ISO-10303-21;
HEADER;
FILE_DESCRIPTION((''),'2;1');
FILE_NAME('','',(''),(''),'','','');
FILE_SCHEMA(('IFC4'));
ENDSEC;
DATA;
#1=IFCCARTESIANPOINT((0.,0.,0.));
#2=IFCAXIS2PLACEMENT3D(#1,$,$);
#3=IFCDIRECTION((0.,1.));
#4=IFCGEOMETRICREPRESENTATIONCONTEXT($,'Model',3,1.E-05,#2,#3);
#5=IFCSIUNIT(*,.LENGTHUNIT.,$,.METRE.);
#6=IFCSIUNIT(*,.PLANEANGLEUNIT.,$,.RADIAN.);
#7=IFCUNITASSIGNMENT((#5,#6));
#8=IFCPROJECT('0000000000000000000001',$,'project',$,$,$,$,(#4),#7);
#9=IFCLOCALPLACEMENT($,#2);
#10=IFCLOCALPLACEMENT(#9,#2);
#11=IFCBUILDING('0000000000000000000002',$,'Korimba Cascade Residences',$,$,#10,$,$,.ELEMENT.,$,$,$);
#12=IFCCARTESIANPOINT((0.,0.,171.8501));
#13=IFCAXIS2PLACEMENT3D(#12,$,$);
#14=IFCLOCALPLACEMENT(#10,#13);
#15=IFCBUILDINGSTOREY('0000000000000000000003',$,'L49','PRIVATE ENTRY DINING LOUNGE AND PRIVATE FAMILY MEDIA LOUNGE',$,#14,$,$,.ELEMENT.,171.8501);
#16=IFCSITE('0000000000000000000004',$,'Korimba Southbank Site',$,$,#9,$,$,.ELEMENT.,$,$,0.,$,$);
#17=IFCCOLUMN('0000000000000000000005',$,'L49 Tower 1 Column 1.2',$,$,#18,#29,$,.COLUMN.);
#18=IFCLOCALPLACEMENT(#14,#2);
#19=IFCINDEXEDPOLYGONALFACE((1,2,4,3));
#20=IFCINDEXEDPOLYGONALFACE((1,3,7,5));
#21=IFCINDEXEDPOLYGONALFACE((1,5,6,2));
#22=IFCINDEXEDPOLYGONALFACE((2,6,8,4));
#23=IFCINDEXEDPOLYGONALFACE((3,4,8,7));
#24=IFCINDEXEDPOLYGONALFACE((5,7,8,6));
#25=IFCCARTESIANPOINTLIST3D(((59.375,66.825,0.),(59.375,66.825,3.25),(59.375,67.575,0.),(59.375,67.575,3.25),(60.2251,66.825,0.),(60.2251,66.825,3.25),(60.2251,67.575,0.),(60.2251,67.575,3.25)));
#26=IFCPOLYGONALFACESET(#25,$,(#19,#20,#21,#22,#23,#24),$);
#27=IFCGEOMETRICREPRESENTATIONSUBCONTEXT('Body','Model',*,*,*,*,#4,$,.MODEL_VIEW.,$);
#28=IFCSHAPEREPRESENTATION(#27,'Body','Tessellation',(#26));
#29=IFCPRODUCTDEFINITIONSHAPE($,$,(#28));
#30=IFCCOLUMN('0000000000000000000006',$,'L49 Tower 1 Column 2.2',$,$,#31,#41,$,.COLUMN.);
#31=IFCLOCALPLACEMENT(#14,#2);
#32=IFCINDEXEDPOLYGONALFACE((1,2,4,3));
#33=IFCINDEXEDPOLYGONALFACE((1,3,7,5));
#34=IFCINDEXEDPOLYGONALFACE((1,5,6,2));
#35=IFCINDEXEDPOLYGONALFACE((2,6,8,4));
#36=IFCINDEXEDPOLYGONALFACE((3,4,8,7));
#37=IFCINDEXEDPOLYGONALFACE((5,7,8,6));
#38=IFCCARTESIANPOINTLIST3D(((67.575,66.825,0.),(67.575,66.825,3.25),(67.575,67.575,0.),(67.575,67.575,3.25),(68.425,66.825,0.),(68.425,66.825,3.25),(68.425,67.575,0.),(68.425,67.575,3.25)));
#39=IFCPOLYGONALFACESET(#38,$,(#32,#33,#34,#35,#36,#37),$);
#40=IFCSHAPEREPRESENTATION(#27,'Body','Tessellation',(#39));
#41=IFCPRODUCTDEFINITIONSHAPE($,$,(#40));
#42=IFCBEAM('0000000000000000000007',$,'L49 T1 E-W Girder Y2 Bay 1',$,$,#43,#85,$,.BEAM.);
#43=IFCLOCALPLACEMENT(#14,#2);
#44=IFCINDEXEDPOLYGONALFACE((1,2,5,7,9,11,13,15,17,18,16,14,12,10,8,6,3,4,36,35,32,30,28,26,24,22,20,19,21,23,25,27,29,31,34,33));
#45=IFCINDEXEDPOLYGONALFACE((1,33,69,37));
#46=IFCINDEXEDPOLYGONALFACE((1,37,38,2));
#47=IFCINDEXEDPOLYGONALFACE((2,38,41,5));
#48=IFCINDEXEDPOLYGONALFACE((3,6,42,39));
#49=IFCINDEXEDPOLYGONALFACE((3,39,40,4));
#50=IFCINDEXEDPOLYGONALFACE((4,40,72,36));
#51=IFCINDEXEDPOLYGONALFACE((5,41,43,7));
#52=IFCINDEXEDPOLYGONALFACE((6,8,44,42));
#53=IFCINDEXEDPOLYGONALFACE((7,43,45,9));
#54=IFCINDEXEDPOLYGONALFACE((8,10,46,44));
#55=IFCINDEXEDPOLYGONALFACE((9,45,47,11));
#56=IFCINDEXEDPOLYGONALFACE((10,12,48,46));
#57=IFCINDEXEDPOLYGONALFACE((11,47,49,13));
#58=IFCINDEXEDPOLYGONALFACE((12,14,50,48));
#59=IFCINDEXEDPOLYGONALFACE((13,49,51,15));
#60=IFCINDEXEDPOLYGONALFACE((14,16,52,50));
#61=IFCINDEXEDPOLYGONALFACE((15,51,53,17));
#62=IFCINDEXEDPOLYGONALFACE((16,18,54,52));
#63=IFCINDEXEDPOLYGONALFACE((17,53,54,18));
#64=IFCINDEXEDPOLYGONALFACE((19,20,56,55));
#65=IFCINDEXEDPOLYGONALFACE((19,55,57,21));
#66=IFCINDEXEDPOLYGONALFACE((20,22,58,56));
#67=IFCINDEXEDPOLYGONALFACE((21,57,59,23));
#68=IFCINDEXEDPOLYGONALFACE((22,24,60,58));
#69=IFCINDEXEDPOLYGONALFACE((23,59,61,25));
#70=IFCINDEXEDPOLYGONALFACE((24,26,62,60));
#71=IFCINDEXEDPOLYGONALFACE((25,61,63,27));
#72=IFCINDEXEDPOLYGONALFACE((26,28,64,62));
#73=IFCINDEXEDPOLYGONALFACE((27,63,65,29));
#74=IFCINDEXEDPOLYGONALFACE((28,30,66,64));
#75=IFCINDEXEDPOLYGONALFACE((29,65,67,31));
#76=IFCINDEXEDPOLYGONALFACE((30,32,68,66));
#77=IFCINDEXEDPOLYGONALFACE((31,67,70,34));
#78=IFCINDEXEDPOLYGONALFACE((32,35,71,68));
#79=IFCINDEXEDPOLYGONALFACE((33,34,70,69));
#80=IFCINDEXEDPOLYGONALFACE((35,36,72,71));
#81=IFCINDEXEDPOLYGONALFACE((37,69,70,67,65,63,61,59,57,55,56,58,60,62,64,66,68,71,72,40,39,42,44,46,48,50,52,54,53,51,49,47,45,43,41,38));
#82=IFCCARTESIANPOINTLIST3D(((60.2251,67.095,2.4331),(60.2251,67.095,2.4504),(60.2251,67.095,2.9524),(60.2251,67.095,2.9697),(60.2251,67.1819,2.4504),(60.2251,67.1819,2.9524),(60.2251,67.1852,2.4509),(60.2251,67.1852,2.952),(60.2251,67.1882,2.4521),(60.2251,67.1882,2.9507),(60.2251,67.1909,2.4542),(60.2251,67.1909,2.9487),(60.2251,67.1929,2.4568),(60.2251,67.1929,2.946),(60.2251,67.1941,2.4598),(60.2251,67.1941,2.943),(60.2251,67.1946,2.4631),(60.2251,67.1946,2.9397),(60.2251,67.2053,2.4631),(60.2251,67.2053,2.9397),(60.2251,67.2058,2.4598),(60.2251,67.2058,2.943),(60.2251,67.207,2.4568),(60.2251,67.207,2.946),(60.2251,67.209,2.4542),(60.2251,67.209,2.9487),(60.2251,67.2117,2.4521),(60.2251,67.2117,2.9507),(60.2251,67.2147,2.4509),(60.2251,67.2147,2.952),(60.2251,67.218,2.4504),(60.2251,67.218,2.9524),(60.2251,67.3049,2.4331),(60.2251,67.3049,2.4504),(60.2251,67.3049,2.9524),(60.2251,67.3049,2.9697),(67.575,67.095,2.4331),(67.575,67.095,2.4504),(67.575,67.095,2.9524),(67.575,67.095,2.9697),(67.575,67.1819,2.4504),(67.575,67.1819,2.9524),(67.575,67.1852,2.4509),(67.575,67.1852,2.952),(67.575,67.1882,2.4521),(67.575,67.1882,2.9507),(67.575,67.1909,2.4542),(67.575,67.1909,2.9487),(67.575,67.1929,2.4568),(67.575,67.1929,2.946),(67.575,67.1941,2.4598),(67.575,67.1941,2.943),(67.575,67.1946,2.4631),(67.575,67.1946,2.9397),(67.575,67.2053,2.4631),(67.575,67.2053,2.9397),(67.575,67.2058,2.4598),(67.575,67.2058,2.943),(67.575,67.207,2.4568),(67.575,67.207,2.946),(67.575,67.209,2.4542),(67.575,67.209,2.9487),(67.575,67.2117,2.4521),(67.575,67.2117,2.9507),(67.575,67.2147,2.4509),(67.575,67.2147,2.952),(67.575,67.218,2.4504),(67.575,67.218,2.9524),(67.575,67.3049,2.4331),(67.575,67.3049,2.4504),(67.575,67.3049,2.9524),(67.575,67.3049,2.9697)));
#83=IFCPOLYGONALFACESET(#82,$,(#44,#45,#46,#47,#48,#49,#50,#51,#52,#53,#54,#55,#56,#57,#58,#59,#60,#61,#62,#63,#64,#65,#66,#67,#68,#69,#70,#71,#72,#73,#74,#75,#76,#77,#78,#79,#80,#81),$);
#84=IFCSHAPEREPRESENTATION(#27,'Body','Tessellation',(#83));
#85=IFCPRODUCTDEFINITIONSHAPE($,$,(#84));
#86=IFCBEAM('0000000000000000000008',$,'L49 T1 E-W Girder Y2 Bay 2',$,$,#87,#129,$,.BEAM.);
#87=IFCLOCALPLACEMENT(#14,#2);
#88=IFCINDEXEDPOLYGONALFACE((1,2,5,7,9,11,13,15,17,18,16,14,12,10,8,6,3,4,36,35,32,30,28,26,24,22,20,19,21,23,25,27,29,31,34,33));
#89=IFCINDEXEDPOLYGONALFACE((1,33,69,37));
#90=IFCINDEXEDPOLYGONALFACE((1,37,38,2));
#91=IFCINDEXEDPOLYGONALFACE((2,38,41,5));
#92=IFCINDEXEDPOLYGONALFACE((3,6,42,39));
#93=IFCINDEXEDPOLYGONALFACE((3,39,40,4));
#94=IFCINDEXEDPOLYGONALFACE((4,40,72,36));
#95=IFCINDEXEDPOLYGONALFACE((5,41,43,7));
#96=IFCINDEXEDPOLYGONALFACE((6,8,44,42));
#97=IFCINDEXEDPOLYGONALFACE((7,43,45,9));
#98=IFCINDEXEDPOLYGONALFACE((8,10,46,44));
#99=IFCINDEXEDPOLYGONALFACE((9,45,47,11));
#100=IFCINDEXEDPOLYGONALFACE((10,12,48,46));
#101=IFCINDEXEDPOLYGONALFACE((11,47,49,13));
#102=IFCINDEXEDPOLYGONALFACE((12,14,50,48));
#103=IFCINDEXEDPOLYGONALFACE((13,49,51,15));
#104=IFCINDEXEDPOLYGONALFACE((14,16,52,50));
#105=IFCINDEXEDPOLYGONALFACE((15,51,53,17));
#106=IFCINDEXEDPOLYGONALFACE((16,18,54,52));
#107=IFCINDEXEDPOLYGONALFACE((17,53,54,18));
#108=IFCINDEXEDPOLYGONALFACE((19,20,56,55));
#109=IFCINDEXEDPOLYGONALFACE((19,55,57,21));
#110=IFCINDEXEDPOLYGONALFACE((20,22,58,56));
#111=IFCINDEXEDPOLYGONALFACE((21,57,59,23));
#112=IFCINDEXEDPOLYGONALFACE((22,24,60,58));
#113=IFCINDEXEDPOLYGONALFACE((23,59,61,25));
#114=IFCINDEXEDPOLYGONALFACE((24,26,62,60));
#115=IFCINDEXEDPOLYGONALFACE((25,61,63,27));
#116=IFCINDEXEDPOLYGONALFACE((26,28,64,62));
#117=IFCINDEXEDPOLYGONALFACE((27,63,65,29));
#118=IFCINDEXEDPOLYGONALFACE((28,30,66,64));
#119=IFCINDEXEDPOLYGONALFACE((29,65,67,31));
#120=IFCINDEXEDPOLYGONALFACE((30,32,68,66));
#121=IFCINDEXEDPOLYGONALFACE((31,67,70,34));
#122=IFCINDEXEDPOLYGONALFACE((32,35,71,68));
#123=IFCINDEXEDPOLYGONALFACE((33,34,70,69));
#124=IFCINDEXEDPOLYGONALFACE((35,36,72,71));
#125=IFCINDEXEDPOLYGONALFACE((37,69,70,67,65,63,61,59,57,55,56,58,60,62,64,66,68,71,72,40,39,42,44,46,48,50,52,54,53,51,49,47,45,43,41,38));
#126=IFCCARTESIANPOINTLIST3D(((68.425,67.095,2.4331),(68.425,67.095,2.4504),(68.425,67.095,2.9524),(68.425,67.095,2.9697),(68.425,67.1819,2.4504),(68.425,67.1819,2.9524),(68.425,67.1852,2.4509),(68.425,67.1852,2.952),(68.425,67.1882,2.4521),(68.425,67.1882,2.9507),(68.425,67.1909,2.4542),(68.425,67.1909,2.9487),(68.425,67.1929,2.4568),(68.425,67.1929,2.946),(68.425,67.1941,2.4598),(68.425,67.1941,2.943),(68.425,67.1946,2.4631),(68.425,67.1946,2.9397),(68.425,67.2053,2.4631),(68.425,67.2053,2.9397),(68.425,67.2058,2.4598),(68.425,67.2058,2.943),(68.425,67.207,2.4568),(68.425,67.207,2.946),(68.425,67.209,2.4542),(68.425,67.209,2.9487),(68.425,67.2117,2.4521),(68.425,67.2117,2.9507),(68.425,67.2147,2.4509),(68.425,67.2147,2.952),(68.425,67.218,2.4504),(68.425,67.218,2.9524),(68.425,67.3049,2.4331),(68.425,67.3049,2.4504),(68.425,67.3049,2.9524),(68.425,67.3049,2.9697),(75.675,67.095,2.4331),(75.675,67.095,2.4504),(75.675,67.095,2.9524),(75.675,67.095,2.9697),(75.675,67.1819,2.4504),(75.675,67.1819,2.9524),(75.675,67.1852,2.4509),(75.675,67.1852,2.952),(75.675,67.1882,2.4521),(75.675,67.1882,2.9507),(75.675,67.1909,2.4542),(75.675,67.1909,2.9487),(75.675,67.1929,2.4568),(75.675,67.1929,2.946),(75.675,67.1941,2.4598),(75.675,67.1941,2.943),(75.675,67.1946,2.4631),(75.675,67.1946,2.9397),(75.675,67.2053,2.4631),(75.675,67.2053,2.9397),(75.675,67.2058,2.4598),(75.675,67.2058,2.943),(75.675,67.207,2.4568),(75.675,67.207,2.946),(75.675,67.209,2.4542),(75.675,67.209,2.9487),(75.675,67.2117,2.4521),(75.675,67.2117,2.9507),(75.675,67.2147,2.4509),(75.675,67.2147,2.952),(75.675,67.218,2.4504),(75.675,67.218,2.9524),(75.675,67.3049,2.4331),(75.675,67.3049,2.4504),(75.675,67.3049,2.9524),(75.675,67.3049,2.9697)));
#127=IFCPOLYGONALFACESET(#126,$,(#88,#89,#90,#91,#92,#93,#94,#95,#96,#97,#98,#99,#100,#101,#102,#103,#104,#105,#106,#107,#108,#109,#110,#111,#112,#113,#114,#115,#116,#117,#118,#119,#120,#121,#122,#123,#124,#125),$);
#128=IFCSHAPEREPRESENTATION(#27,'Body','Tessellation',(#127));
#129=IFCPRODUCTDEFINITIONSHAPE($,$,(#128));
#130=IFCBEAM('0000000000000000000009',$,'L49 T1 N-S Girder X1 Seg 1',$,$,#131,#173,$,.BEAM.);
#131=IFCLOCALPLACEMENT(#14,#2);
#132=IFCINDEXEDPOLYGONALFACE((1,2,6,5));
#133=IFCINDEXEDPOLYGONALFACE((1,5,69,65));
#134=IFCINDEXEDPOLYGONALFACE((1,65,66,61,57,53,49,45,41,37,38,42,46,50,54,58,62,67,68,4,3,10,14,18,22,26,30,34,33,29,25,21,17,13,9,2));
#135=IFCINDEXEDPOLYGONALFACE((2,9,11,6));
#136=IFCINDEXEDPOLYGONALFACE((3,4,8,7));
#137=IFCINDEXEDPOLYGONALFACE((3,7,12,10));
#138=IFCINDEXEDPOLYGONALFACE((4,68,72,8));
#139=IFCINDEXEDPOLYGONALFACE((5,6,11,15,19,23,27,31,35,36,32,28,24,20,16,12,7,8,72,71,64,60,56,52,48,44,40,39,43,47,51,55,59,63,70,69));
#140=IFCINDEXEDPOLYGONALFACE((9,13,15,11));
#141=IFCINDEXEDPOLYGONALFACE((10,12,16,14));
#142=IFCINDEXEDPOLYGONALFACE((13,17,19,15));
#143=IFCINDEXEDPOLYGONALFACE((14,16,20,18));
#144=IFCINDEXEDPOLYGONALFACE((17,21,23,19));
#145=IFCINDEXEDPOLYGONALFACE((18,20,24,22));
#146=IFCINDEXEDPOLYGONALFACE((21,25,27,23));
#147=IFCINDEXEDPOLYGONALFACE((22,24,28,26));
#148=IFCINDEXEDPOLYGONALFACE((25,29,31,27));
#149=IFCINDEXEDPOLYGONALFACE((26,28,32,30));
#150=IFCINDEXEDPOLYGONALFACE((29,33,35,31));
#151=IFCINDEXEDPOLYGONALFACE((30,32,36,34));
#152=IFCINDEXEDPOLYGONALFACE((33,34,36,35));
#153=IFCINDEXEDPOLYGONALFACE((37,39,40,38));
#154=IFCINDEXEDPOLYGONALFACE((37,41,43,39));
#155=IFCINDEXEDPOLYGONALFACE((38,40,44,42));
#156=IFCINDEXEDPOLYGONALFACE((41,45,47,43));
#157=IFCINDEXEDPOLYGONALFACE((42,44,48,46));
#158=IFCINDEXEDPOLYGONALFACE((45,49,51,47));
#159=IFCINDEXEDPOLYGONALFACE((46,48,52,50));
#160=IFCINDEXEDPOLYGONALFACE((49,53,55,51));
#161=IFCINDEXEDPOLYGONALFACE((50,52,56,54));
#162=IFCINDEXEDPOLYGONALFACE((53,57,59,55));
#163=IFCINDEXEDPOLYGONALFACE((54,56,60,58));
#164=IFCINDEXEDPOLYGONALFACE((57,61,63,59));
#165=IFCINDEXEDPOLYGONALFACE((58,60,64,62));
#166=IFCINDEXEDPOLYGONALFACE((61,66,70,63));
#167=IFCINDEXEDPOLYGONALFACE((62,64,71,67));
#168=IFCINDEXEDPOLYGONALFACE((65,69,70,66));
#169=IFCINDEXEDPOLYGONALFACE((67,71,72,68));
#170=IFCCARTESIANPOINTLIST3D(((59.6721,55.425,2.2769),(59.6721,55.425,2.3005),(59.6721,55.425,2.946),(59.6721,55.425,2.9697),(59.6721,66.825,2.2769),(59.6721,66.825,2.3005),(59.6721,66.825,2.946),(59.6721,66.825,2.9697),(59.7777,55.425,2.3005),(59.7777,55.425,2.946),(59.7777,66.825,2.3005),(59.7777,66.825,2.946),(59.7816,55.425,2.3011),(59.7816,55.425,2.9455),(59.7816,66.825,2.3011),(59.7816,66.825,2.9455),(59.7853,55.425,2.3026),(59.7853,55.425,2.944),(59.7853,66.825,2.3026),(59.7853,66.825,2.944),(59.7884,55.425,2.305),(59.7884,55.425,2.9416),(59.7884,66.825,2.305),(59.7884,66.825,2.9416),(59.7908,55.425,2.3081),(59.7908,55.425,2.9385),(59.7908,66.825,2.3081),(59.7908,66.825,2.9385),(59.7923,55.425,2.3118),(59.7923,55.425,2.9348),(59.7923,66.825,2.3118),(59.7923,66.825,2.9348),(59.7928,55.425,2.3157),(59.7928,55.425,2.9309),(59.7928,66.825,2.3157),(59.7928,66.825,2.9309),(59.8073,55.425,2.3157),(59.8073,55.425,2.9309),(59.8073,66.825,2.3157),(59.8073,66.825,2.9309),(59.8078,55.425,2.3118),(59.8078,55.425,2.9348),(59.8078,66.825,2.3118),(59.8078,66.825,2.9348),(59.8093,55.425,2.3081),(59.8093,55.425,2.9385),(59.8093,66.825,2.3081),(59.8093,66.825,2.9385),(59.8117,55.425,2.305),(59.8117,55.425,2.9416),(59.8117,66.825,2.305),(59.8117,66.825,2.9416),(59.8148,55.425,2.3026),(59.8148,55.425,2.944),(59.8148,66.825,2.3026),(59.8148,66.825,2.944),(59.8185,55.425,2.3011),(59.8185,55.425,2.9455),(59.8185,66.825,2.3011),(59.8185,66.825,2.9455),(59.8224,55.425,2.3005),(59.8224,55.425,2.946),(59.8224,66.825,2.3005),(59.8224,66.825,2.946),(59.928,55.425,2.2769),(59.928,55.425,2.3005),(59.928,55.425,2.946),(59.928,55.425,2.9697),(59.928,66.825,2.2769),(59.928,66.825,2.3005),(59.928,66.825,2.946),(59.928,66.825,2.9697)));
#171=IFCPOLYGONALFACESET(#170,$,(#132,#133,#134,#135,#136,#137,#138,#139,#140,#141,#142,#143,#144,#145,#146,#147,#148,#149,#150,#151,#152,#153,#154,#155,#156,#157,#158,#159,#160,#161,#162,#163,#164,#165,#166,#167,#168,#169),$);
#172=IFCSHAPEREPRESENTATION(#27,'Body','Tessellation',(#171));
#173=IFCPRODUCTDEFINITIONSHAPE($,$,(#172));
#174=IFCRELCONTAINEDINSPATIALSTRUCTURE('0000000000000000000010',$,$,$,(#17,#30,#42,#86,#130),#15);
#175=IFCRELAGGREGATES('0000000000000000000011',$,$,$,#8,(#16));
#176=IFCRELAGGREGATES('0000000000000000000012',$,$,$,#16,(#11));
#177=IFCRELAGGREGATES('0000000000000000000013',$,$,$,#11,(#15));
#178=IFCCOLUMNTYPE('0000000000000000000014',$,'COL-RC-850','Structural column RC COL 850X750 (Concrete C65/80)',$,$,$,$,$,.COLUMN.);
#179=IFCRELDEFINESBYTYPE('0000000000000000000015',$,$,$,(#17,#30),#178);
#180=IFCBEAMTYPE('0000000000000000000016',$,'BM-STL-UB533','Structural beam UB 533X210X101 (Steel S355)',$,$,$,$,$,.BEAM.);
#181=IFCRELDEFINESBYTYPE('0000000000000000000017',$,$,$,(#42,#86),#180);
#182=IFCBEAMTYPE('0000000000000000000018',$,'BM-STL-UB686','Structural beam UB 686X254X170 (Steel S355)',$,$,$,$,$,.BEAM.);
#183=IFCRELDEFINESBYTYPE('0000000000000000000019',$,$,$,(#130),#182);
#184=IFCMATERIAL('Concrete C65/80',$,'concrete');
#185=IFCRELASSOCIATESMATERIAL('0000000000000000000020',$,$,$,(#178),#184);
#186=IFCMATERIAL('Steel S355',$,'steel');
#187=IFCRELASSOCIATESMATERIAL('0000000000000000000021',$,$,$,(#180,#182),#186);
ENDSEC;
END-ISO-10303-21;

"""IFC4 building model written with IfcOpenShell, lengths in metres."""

from ifc_helpers import new_model, si_unit, direction, frame, origin, origin_2d, place, context, subcontext, project, spatial, rectangle, i_section, extrude, material, material_profile, profile_set, type_object, element, save


model = new_model("IFC4")

# Units and contexts
model_context = context("Model", 3, precision=1e-05, world=origin(), true_north=direction((0.0, 1.0)))
body_context = subcontext(model_context, "Body", "Model", "MODEL_VIEW")
ifc_project = project(units=[si_unit("LENGTHUNIT", "METRE"), si_unit("PLANEANGLEUNIT", "RADIAN")], contexts=[model_context])

# Site, building, storey
site_placement = place(None, origin())
site = spatial("IfcSite", under=ifc_project, at=site_placement, Name="Korimba Southbank Site", CompositionType="ELEMENT", RefElevation=0.0)
building_placement = place(site_placement, origin())
building = spatial("IfcBuilding", under=site, at=building_placement, Name="Korimba Cascade Residences", CompositionType="ELEMENT")
storey_placement = place(building_placement, frame((0.0, 0.0, 171.8501)))
storey = spatial("IfcBuildingStorey", under=building, at=storey_placement, Name="L49", Description="PRIVATE ENTRY DINING LOUNGE AND PRIVATE FAMILY MEDIA LOUNGE", CompositionType="ELEMENT", Elevation=171.8501)

# Columns
ifc_material_1 = material(Name="Concrete C65/80", Category="concrete")
ifc_material_profile_1 = material_profile(ifc_material_1, rectangle(XDim=0.8501, YDim=0.75, at=origin_2d()), Name="Concrete C65/80")
ifc_profile_set_1 = profile_set([ifc_material_profile_1], Name="Concrete C65/80")
column_type = type_object("IfcColumnType", Name="COL-RC-850", Description="Structural column RC COL 850X750 (Concrete C65/80)", PredefinedType="COLUMN", material=ifc_profile_set_1)
for number, where, z_axis, x_axis, name in (
    (1, (59.8, 67.2, 0.0), (0.0, 0.0, 1.0), (1.0, 0.0, 0.0), "L49 Tower 1 Column 1.2"),
    (2, (68.0, 67.2, 0.0), (0.0, 0.0, 1.0), (1.0, 0.0, 0.0), "L49 Tower 1 Column 2.2"),
):
    element("IfcColumn", number, at=place(storey_placement, frame(where, z_axis=z_axis, x_axis=x_axis)), inside=storey, type_object=column_type, Name=name, PredefinedType="COLUMN", context=body_context, shape_type="SweptSolid", body=[
        extrude(rectangle(XDim=0.8501, YDim=0.75, at=origin_2d()), origin(), (0.0, 0.0, 1.0), 3.25),
    ])

# Beams
ifc_material_2 = material(Name="Steel S355", Category="steel")
ifc_material_profile_2 = material_profile(ifc_material_2, i_section(OverallWidth=0.21, OverallDepth=0.5366, WebThickness=0.0107, FlangeThickness=0.0173, FilletRadius=0.0127, at=origin_2d()), Name="Steel S355")
ifc_profile_set_2 = profile_set([ifc_material_profile_2], Name="Steel S355")
beam_type_1 = type_object("IfcBeamType", Name="BM-STL-UB533", Description="Structural beam UB 533X210X101 (Steel S355)", PredefinedType="BEAM", material=ifc_profile_set_2)
beam_1_placement = place(storey_placement, frame((60.2251, 67.2, 2.7014), z_axis=(1.0, 0.0, 0.0), x_axis=(0.0, 1.0, 0.0)))
element("IfcBeam", 3, at=beam_1_placement, inside=storey, type_object=beam_type_1, Name="L49 T1 E-W Girder Y2 Bay 1", PredefinedType="BEAM", context=body_context, shape_type="SweptSolid", body=[
    extrude(i_section(OverallWidth=0.21, OverallDepth=0.5366, WebThickness=0.0107, FlangeThickness=0.0173, FilletRadius=0.0127, at=origin_2d()), origin(), (0.0, 0.0, 1.0), 7.3499),
])
beam_2_placement = place(storey_placement, frame((68.425, 67.2, 2.7014), z_axis=(1.0, 0.0, 0.0), x_axis=(0.0, 1.0, 0.0)))
element("IfcBeam", 4, at=beam_2_placement, inside=storey, type_object=beam_type_1, Name="L49 T1 E-W Girder Y2 Bay 2", PredefinedType="BEAM", context=body_context, shape_type="SweptSolid", body=[
    extrude(i_section(OverallWidth=0.21, OverallDepth=0.5366, WebThickness=0.0107, FlangeThickness=0.0173, FilletRadius=0.0127, at=origin_2d()), origin(), (0.0, 0.0, 1.0), 7.25),
])
ifc_material_profile_3 = material_profile(ifc_material_2, i_section(OverallWidth=0.2559, OverallDepth=0.6929, WebThickness=0.0144, FlangeThickness=0.0237, FilletRadius=0.0151, at=origin_2d()), Name="Steel S355")
ifc_profile_set_3 = profile_set([ifc_material_profile_3], Name="Steel S355")
beam_type_2 = type_object("IfcBeamType", Name="BM-STL-UB686", Description="Structural beam UB 686X254X170 (Steel S355)", PredefinedType="BEAM", material=ifc_profile_set_3)
beam_3_placement = place(storey_placement, frame((59.8, 55.425, 2.6233), z_axis=(0.0, 1.0, 0.0), x_axis=(-1.0, 0.0, 0.0)))
element("IfcBeam", 5, at=beam_3_placement, inside=storey, type_object=beam_type_2, Name="L49 T1 N-S Girder X1 Seg 1", PredefinedType="BEAM", context=body_context, shape_type="SweptSolid", body=[
    extrude(i_section(OverallWidth=0.2559, OverallDepth=0.6929, WebThickness=0.0144, FlangeThickness=0.0237, FilletRadius=0.0151, at=origin_2d()), origin(), (0.0, 0.0, 1.0), 11.3999),
])

save(model, "model.ifc")
